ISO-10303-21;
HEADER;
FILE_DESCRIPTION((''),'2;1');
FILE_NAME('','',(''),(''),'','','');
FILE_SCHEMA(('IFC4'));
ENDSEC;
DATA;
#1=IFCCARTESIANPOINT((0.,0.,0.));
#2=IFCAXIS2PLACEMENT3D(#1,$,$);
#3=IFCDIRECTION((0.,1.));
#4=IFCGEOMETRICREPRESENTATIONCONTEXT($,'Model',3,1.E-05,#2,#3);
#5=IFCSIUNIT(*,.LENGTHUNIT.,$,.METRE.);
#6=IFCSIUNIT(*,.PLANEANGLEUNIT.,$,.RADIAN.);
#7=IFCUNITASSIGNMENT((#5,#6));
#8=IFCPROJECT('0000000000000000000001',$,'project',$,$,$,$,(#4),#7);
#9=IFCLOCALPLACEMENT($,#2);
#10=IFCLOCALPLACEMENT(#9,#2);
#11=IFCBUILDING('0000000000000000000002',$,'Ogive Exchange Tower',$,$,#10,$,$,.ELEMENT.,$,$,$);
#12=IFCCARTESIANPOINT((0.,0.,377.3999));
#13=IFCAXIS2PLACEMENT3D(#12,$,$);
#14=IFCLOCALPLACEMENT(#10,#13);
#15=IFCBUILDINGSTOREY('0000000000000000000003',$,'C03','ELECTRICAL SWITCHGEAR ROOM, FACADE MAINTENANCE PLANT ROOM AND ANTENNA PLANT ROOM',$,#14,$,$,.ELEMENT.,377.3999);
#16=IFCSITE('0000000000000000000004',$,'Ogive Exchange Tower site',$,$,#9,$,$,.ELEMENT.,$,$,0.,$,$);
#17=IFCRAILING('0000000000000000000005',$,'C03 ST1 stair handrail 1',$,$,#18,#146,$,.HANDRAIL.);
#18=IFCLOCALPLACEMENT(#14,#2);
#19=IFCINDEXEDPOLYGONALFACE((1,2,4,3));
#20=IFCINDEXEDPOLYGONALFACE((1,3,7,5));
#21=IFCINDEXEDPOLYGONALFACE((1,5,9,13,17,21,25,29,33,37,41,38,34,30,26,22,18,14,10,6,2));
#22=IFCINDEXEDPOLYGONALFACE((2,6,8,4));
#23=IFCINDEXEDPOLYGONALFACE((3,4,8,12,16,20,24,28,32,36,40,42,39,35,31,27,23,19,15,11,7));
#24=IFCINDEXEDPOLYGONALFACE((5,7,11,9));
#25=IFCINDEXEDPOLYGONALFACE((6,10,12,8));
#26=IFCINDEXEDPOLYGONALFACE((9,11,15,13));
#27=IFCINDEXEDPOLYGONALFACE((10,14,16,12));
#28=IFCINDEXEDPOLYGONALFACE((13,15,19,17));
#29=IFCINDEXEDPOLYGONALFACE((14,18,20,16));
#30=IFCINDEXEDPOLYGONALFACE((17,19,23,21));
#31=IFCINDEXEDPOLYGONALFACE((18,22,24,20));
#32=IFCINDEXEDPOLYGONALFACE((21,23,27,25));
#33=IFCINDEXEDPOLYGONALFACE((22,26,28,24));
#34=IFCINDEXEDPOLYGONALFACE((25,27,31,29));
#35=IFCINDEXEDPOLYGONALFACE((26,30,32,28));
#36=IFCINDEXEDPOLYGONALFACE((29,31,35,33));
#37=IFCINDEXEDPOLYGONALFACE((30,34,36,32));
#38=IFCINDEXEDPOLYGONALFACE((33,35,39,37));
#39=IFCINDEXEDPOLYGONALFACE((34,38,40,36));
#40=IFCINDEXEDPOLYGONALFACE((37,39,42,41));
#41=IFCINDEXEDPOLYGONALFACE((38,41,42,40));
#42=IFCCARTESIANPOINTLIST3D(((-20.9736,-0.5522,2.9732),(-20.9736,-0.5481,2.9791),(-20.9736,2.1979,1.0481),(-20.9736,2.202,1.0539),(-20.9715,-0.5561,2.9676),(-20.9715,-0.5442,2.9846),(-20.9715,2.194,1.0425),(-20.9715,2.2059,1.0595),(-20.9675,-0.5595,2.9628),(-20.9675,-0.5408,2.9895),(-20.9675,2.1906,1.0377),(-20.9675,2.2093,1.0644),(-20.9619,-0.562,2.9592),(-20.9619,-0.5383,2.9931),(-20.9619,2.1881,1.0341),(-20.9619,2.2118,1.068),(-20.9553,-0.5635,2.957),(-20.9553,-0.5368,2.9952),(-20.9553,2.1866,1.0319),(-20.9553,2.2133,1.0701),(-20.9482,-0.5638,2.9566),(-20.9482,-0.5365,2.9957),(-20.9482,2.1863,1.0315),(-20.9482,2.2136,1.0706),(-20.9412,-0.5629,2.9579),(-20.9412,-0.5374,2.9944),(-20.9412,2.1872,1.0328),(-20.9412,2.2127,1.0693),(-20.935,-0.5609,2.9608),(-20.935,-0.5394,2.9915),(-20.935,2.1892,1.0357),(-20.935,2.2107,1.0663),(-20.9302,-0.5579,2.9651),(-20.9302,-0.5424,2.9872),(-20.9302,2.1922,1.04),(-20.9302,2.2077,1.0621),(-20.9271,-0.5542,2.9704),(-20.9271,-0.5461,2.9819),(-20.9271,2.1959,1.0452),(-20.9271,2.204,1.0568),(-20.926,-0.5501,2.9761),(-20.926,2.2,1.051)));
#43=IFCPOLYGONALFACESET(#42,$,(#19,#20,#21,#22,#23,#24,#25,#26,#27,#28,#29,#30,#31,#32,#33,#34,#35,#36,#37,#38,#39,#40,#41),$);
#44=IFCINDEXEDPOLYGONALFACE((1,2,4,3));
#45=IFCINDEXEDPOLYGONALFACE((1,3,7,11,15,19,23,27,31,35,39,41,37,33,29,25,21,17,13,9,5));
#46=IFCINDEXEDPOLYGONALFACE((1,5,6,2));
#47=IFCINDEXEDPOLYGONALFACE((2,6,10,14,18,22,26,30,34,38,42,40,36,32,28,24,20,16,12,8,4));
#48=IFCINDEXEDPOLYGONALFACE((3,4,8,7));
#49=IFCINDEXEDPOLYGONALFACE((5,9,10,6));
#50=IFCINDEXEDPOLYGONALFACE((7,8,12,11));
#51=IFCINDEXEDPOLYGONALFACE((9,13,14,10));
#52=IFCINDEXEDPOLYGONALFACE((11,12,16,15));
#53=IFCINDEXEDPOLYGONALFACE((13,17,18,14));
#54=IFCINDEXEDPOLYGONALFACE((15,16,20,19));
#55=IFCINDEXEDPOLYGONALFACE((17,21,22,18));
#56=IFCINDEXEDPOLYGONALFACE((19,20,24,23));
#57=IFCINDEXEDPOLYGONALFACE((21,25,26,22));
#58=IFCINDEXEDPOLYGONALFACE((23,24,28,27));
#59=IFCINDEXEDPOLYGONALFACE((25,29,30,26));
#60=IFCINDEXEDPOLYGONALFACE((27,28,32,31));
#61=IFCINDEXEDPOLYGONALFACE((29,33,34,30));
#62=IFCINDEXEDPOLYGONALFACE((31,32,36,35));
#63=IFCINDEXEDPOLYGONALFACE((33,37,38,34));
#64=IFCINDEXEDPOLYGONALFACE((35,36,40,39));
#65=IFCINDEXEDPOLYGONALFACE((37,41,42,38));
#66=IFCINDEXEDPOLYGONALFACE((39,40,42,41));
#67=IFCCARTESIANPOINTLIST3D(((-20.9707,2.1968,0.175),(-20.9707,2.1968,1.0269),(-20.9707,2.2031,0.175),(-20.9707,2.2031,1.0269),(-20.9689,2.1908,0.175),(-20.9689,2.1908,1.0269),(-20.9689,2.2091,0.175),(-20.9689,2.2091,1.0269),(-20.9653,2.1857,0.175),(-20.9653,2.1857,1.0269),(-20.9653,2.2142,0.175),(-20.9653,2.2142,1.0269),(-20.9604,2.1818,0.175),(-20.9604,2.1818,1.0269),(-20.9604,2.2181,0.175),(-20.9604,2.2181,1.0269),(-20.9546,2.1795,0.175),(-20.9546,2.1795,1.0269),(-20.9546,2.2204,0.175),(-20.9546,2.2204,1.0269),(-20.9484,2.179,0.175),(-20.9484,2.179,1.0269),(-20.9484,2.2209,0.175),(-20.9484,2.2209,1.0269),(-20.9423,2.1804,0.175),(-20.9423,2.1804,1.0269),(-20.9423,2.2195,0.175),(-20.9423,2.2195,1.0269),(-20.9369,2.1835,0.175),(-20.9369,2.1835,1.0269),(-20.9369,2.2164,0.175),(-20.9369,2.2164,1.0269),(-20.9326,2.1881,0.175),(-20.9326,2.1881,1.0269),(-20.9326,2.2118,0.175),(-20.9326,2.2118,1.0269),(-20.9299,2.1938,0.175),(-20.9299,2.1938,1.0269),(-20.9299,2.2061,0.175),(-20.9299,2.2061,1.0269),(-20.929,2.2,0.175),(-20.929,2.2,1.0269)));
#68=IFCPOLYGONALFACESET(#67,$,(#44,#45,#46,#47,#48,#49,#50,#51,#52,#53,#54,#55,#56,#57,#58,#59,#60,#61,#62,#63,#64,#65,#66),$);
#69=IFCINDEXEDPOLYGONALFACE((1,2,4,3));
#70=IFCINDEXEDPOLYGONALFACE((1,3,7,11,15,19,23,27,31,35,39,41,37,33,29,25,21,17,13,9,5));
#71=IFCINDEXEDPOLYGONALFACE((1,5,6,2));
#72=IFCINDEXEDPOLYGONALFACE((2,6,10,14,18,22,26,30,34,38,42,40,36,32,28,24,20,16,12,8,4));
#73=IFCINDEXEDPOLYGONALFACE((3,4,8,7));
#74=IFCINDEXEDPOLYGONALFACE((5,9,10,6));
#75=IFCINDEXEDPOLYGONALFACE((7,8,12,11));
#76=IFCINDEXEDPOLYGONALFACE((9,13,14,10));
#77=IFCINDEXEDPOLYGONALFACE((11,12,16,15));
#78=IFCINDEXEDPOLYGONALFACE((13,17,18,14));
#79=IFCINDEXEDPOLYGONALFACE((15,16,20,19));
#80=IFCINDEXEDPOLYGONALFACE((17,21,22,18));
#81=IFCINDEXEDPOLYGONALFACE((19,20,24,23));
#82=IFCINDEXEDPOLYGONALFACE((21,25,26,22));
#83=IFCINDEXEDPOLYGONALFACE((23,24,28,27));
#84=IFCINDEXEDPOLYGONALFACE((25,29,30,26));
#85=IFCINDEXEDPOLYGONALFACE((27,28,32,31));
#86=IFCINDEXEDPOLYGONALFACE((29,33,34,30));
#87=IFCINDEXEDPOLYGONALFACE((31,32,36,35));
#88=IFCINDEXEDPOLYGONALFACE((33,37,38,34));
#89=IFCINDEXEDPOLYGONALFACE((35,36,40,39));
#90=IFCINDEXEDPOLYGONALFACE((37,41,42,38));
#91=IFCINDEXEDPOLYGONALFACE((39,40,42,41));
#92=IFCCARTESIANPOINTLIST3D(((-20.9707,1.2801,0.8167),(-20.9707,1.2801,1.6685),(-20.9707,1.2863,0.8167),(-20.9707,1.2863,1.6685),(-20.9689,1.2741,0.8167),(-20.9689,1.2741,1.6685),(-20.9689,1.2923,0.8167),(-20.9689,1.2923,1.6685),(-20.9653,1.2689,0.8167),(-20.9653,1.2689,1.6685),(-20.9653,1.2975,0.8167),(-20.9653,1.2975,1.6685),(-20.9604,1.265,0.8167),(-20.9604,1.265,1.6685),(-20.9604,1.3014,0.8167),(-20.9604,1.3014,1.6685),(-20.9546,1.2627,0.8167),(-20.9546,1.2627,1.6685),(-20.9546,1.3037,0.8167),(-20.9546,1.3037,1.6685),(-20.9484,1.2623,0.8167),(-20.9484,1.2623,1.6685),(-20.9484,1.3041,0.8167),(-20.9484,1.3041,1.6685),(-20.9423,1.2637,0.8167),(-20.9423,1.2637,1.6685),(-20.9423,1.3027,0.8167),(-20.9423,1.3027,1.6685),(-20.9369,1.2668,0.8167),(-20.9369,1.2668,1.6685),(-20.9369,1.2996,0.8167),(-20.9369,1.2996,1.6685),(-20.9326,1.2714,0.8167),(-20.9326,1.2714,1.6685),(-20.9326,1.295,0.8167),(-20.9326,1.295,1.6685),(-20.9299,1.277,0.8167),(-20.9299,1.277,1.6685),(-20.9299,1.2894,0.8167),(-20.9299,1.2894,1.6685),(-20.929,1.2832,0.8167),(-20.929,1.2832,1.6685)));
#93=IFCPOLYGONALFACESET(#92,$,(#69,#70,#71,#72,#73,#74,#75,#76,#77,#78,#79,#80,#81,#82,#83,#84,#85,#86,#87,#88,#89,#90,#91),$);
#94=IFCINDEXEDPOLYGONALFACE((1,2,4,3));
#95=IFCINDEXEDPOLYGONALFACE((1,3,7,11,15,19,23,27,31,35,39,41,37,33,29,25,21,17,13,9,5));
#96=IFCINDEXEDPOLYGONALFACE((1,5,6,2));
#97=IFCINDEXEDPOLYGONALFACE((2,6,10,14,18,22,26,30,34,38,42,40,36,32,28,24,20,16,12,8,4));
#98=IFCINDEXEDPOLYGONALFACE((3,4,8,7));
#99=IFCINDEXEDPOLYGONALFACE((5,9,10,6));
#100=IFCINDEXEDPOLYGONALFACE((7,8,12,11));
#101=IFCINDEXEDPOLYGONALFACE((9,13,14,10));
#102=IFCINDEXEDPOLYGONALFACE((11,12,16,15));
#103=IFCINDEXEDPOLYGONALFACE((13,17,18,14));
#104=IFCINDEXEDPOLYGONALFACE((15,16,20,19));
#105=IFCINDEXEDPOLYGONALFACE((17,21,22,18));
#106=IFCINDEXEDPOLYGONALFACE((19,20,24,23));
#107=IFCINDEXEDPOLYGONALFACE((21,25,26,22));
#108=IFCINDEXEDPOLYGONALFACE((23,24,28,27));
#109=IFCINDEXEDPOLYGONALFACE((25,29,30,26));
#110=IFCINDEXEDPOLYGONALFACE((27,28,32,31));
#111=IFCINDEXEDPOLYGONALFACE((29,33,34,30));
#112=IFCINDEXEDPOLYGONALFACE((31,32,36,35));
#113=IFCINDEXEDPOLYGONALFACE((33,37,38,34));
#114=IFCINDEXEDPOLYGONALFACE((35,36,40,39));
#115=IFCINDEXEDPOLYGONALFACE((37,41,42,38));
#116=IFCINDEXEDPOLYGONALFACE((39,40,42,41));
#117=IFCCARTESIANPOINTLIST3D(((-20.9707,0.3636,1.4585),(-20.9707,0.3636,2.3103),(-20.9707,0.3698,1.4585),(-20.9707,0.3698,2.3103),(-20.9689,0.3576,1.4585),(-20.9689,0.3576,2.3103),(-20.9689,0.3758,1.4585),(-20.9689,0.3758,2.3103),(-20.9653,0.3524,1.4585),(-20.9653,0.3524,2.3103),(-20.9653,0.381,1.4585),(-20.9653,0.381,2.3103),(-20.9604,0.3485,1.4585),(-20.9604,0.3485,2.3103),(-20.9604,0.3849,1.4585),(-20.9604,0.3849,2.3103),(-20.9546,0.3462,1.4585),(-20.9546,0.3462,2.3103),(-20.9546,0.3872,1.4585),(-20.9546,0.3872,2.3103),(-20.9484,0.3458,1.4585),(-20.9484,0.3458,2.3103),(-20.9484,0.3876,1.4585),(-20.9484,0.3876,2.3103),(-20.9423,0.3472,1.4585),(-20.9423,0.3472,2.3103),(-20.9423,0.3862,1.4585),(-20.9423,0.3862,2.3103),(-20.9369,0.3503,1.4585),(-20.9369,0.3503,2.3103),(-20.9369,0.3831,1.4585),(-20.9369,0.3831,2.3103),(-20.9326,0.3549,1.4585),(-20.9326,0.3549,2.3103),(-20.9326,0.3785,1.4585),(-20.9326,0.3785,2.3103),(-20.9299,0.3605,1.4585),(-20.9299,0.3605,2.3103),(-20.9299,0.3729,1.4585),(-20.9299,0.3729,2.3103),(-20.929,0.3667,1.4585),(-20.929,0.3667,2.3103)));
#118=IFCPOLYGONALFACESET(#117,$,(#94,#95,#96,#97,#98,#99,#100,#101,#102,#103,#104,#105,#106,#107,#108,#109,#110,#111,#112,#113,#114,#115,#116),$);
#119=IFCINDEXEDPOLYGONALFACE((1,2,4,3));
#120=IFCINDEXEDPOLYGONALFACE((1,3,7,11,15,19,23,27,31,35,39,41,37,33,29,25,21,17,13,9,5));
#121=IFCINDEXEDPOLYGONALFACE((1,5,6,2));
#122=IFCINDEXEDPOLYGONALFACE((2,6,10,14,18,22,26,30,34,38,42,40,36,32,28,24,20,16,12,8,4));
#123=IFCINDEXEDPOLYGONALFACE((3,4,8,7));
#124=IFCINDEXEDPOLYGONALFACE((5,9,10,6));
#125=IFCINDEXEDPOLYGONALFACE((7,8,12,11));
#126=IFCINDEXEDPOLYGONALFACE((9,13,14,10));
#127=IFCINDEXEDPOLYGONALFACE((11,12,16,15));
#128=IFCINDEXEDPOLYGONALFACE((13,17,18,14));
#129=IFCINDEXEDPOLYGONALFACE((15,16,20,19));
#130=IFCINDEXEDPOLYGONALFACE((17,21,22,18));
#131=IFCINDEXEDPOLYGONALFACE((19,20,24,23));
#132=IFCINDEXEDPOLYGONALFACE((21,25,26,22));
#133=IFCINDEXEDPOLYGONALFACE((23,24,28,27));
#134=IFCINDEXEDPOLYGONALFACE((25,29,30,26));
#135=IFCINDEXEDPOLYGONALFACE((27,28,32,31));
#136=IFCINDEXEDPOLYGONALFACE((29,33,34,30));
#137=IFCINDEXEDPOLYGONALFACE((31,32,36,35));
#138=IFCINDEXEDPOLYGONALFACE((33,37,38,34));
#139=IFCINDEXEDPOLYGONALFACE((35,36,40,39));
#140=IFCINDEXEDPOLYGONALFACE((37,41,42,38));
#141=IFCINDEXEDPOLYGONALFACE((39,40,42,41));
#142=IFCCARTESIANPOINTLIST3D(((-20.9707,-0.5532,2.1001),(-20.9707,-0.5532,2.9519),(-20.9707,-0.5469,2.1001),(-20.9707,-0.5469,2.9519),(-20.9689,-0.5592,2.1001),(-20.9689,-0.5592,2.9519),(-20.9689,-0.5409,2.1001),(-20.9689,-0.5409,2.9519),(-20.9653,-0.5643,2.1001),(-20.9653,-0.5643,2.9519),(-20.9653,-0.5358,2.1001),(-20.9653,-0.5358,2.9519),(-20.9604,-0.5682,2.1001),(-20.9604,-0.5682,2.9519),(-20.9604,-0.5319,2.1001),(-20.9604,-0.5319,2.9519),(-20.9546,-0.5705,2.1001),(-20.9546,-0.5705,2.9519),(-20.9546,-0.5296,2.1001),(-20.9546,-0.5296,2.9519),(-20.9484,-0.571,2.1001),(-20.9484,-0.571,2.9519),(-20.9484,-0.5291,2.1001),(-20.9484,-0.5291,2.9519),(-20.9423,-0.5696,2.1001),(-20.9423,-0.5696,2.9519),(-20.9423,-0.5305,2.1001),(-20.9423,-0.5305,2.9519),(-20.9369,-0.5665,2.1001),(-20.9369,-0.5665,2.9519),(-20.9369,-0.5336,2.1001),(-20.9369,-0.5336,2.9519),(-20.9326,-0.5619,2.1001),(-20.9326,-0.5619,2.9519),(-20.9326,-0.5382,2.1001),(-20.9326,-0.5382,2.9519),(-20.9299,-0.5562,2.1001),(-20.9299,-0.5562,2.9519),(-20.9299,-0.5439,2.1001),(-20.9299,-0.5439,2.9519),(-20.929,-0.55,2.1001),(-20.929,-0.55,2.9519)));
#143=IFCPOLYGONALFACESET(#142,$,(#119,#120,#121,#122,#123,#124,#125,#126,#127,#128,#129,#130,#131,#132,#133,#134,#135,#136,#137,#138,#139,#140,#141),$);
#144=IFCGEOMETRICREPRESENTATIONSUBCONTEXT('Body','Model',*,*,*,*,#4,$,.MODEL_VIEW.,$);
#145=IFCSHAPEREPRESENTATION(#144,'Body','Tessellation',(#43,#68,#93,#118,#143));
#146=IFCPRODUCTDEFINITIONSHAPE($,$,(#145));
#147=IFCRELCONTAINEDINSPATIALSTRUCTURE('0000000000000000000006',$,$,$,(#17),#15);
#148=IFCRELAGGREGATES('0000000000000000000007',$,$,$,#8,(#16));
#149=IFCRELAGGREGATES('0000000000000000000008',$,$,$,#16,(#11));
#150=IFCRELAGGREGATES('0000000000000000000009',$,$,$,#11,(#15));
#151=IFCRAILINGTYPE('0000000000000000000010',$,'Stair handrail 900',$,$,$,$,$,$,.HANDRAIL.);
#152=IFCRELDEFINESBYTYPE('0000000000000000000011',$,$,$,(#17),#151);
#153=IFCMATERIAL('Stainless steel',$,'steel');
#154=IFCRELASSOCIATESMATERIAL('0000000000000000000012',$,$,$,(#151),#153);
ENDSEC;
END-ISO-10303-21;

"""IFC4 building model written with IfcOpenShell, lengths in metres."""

from ifc_helpers import new_model, si_unit, direction, frame, origin, origin_2d, place, context, subcontext, project, spatial, circle, extrude, material, type_object, element, save


model = new_model("IFC4")

# Units and contexts
model_context = context("Model", 3, precision=1e-05, world=origin(), true_north=direction((0.0, 1.0)))
body_context = subcontext(model_context, "Body", "Model", "MODEL_VIEW")
ifc_project = project(units=[si_unit("LENGTHUNIT", "METRE"), si_unit("PLANEANGLEUNIT", "RADIAN")], contexts=[model_context])

# Site, building, storey
site_placement = place(None, origin())
site = spatial("IfcSite", under=ifc_project, at=site_placement, Name="Ogive Exchange Tower site", CompositionType="ELEMENT", RefElevation=0.0)
building_placement = place(site_placement, origin())
building = spatial("IfcBuilding", under=site, at=building_placement, Name="Ogive Exchange Tower", CompositionType="ELEMENT")
storey_placement = place(building_placement, frame((0.0, 0.0, 377.3999)))
storey = spatial("IfcBuildingStorey", under=building, at=storey_placement, Name="C03", Description="ELECTRICAL SWITCHGEAR ROOM, FACADE MAINTENANCE PLANT ROOM AND ANTENNA PLANT ROOM", CompositionType="ELEMENT", Elevation=377.3999)

# Railing
ifc_material_1 = material(Name="Stainless steel", Category="steel")
railing_type = type_object("IfcRailingType", Name="Stair handrail 900", PredefinedType="HANDRAIL", material=ifc_material_1)
railing_placement = place(storey_placement, frame((-20.95, 2.2, 0.175)))
element("IfcRailing", 1, at=railing_placement, inside=storey, type_object=railing_type, Name="C03 ST1 stair handrail 1", PredefinedType="HANDRAIL", context=body_context, shape_type="SweptSolid", body=[
    extrude(circle(Radius=0.0239, at=origin_2d()), frame((0.0, 0.0, 0.876), z_axis=(0.0, -0.819225, 0.573472), x_axis=(1.0, 0.0, 0.0)), (0.0, 0.0, 1.0), 3.3569),
    extrude(circle(Radius=0.021, at=origin_2d()), origin(), (0.0, 0.0, 1.0), 0.8518),
    extrude(circle(Radius=0.021, at=origin_2d()), frame((0.0, -0.9167, 0.6416)), (0.0, 0.0, 1.0), 0.8518),
    extrude(circle(Radius=0.021, at=origin_2d()), frame((0.0, -1.8333, 1.2834)), (0.0, 0.0, 1.0), 0.8518),
    extrude(circle(Radius=0.021, at=origin_2d()), frame((0.0, -2.75, 1.925)), (0.0, 0.0, 1.0), 0.8518),
])

save(model, "model.ifc")
